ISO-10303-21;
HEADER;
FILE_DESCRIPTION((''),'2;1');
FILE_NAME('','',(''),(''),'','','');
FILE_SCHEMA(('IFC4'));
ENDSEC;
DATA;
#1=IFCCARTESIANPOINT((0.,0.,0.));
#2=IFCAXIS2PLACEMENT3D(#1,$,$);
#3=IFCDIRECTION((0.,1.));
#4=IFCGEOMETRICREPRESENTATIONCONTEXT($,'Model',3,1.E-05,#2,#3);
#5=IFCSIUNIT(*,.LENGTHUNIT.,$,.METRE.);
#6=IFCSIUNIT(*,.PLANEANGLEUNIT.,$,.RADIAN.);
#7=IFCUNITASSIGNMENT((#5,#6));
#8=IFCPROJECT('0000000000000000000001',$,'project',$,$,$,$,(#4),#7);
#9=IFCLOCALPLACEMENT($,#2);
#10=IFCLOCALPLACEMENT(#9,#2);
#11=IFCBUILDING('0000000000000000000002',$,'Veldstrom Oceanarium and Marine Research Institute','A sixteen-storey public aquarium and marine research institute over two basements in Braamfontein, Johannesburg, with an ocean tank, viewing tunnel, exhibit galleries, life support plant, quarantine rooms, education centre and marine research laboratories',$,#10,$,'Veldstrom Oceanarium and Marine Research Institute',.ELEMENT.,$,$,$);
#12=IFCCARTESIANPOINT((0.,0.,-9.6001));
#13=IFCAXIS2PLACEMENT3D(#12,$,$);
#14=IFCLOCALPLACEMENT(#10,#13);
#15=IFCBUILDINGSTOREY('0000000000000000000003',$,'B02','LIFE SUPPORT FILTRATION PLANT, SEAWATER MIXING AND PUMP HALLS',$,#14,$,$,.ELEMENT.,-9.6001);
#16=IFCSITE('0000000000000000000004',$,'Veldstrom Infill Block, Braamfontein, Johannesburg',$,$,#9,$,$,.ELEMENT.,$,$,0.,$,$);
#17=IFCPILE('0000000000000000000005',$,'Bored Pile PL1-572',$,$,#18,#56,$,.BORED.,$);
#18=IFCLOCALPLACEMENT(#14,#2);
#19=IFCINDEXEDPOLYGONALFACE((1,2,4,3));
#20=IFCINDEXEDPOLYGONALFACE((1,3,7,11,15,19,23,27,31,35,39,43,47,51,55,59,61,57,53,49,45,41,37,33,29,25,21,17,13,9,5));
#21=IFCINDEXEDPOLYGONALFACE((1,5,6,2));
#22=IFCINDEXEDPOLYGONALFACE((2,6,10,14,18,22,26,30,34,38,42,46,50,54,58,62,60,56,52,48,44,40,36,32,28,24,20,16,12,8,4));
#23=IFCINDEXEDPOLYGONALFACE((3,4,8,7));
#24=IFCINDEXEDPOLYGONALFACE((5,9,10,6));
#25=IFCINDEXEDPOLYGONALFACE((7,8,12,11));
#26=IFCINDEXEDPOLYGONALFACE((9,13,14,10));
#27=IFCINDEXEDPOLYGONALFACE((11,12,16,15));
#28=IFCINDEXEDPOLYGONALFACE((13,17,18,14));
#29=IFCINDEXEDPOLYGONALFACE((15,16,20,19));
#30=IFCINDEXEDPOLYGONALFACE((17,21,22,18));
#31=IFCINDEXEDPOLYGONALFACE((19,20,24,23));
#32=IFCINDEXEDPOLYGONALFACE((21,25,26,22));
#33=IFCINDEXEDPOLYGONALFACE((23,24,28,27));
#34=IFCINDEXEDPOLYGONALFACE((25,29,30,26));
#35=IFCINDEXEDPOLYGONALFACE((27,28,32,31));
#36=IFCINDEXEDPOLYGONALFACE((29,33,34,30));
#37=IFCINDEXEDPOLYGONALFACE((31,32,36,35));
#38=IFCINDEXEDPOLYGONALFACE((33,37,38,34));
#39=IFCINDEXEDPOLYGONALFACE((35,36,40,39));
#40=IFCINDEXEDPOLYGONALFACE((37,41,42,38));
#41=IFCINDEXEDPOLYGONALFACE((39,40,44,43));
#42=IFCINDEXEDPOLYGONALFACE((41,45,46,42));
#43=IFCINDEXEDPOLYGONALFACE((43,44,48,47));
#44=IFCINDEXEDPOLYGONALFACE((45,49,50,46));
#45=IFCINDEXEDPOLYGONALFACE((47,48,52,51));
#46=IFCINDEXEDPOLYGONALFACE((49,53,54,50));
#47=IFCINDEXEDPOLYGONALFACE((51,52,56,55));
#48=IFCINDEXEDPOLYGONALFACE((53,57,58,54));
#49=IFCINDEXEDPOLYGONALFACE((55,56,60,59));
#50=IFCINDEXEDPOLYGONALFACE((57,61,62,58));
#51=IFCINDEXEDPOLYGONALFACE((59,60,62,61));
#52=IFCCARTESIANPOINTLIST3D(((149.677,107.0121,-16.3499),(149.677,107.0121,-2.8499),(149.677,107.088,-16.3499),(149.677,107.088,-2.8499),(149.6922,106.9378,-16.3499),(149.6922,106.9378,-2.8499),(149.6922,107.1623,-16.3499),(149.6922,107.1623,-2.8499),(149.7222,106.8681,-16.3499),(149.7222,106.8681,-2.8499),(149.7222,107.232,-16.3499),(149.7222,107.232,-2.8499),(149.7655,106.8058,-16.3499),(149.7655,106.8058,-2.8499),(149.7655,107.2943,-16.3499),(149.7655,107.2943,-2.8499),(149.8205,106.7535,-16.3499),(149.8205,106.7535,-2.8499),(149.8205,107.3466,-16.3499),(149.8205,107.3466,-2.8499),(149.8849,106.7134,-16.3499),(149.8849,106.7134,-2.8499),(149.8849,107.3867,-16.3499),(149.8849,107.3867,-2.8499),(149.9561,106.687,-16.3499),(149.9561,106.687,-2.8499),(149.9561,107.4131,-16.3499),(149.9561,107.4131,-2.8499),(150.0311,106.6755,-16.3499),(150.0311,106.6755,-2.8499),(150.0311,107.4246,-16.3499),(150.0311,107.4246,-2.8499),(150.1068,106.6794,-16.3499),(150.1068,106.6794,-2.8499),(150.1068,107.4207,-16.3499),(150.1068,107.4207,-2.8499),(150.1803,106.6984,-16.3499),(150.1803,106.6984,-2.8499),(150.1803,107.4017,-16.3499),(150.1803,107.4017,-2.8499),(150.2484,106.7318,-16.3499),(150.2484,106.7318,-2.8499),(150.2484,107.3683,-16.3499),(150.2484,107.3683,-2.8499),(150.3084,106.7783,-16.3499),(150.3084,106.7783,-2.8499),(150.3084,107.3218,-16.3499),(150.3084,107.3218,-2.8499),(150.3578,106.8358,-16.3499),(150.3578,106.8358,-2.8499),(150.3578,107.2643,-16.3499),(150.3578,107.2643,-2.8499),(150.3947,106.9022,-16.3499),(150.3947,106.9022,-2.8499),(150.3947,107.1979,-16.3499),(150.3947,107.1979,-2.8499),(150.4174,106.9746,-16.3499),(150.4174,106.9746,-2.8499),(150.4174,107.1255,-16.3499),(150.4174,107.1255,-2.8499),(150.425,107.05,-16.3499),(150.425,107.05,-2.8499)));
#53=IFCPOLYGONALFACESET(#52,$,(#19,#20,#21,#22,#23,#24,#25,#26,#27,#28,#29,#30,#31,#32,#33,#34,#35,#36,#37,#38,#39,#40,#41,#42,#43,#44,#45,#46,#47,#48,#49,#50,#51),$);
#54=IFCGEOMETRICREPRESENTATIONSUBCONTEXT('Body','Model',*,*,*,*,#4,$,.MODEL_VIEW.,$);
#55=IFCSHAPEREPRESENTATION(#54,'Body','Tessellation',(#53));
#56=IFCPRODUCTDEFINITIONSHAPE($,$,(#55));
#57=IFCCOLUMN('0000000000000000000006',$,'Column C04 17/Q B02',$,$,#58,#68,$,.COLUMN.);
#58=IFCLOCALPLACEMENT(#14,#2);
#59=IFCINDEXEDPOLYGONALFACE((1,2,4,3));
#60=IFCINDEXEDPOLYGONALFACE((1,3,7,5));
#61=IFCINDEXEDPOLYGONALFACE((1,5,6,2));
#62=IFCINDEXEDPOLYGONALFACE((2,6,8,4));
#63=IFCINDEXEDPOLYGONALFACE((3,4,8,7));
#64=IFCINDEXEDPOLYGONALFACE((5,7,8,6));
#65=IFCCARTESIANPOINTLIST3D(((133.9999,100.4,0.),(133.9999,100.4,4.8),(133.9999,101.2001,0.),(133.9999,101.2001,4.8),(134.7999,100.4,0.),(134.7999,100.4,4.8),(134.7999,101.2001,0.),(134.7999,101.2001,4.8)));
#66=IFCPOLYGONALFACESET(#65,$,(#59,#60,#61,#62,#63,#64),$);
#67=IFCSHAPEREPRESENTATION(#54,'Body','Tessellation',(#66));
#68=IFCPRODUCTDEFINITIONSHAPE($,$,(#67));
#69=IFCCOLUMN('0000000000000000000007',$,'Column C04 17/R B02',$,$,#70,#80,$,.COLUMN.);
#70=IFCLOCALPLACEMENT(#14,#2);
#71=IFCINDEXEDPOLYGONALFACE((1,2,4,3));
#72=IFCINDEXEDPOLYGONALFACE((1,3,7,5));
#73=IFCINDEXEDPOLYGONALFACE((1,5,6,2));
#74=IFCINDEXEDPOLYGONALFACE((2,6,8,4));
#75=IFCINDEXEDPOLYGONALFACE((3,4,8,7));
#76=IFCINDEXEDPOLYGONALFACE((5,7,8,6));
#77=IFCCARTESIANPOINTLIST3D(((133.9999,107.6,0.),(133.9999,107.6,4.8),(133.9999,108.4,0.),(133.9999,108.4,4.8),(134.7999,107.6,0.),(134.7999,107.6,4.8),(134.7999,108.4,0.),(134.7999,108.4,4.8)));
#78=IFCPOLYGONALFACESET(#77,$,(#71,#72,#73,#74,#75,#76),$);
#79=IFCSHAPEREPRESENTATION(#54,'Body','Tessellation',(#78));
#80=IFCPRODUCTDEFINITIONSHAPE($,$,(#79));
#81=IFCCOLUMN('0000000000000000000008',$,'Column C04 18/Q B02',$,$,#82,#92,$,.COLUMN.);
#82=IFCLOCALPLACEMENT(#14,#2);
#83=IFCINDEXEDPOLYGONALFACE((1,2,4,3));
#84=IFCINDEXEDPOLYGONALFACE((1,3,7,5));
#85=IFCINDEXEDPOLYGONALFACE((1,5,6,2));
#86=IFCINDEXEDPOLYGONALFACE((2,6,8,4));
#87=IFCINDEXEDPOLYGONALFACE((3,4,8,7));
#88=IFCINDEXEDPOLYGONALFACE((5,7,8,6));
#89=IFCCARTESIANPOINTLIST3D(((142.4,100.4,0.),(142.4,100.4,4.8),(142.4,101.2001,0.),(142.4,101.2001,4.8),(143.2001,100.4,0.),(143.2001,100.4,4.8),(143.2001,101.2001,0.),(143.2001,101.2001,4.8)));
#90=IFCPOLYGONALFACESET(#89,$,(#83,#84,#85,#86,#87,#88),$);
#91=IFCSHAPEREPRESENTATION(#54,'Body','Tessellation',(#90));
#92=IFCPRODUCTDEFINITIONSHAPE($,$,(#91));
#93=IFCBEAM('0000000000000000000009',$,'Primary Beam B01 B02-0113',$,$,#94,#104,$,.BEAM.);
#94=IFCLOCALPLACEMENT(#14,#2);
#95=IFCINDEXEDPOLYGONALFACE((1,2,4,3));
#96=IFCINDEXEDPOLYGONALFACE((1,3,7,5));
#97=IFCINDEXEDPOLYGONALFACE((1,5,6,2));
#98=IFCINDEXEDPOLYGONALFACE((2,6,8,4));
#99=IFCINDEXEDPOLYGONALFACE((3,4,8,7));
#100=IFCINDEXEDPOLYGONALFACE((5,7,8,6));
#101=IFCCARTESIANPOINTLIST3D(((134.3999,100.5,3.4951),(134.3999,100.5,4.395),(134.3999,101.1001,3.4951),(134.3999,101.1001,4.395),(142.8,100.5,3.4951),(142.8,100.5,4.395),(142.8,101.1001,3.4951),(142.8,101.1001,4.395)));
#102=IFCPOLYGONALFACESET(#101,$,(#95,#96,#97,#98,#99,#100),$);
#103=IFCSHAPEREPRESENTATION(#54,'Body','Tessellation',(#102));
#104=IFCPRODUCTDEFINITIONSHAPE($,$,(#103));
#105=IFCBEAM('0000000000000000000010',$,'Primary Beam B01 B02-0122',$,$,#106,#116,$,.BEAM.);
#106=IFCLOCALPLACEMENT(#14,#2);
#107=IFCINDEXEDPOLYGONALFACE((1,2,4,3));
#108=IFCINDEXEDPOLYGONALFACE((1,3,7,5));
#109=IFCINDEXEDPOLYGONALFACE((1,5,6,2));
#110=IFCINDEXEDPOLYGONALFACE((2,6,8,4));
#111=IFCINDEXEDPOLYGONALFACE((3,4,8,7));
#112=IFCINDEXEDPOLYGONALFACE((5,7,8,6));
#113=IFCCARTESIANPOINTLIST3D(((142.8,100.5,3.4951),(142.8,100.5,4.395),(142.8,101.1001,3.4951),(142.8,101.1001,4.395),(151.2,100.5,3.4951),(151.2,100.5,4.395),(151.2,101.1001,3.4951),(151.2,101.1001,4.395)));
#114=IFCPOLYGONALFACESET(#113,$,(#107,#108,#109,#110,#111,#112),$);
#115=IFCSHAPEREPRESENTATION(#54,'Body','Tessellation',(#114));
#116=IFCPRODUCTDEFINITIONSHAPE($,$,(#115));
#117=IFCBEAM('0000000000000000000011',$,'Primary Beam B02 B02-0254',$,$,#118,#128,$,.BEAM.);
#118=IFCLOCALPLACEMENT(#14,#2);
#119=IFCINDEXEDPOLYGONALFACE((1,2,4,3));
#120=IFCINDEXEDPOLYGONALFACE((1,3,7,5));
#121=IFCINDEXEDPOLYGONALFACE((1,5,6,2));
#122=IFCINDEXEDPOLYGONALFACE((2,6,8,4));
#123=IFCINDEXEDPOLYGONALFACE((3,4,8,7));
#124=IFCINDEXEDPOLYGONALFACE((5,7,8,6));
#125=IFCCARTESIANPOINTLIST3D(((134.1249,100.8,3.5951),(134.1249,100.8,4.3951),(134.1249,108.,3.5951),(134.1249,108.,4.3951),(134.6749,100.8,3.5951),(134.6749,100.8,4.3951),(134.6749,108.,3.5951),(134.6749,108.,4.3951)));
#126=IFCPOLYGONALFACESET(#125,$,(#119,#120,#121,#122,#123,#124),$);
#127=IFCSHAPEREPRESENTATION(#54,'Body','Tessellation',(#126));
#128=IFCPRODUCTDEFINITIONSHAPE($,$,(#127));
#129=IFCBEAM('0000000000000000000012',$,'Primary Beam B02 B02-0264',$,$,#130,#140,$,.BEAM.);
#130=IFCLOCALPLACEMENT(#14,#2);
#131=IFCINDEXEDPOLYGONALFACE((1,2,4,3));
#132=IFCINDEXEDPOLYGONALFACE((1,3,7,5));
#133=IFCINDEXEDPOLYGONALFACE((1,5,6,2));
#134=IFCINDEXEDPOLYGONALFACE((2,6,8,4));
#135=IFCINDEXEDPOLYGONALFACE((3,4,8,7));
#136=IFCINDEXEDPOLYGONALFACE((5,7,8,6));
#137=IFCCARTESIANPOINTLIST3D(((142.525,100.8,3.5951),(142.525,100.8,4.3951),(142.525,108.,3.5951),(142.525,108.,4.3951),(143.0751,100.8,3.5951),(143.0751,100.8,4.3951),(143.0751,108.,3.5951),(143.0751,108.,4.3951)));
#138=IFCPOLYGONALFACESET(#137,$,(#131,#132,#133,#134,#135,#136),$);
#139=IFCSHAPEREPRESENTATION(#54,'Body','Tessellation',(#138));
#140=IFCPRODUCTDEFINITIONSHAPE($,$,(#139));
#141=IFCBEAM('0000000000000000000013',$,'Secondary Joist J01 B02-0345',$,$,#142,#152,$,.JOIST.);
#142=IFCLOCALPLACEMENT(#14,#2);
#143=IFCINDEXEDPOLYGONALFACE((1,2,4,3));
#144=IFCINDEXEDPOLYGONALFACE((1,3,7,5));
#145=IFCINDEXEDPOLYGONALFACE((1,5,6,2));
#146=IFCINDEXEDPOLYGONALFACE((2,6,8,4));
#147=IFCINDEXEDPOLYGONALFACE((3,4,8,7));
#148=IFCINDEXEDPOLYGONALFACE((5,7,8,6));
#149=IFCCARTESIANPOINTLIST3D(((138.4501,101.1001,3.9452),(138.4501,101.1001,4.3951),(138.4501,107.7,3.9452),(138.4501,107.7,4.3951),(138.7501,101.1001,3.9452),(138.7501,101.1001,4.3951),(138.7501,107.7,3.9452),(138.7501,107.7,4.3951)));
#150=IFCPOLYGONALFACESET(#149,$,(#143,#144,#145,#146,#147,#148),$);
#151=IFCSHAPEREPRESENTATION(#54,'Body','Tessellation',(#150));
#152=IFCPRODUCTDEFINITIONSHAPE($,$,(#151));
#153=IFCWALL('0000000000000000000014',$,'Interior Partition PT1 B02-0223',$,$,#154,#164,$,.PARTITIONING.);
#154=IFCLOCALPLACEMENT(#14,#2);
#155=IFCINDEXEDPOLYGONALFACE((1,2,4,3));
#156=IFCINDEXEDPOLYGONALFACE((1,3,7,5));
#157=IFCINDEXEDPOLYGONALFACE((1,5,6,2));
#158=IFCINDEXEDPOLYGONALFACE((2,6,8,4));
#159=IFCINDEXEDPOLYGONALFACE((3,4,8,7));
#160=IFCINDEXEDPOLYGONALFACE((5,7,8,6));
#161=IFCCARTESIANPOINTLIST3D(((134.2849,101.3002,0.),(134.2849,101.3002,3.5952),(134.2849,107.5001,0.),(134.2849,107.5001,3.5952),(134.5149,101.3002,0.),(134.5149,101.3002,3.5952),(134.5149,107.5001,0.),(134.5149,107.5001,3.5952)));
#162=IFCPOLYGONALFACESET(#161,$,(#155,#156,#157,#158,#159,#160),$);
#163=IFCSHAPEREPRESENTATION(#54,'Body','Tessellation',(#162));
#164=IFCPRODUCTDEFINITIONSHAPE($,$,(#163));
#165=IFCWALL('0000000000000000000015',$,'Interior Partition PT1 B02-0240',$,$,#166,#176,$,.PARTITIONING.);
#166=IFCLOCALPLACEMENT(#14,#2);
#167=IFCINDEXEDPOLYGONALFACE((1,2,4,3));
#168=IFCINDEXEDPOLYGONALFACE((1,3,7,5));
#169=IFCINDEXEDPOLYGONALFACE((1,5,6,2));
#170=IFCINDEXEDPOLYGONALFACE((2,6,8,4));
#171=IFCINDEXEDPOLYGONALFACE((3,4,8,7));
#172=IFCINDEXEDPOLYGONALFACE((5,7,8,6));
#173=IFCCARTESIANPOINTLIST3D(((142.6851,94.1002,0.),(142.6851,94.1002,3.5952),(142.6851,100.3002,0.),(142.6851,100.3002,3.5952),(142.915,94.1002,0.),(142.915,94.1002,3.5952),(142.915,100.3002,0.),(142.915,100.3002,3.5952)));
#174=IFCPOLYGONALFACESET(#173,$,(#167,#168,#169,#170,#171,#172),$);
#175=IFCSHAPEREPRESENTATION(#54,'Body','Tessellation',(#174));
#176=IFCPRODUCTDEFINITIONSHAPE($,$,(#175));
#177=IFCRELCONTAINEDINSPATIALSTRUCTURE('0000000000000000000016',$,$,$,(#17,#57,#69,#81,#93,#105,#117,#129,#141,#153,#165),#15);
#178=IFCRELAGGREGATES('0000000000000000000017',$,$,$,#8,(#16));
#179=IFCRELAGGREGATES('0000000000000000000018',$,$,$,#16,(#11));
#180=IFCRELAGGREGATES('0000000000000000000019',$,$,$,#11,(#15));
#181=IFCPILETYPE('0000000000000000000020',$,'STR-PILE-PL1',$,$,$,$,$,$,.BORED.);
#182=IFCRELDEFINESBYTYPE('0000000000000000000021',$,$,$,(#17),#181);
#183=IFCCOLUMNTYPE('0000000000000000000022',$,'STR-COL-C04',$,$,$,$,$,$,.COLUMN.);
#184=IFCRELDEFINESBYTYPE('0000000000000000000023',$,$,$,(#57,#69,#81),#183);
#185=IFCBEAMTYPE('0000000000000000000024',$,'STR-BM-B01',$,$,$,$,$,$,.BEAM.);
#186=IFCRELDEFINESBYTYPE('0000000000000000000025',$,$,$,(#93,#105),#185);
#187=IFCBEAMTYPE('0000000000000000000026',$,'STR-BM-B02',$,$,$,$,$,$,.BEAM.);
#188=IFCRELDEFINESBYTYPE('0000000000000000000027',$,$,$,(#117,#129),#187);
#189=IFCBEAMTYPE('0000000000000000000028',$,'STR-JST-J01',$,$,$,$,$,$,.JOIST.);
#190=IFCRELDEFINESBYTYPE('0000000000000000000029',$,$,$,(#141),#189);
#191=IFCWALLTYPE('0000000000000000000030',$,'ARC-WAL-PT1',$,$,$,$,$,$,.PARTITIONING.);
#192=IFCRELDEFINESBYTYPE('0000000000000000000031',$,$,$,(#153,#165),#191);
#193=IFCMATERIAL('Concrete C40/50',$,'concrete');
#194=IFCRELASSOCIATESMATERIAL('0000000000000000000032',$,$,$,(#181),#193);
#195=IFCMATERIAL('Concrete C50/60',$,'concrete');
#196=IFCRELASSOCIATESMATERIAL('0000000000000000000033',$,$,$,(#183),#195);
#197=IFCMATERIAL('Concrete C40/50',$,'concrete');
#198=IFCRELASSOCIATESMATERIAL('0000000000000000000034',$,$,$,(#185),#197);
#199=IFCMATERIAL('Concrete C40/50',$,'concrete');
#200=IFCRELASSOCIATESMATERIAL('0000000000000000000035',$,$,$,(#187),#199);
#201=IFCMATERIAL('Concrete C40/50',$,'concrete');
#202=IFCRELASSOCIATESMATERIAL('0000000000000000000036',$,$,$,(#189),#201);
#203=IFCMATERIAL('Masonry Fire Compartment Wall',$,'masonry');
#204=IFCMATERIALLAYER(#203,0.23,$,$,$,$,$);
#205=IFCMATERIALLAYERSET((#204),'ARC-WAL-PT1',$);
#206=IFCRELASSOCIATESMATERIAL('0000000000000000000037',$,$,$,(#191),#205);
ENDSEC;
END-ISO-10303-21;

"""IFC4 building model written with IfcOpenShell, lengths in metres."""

from ifc_helpers import new_model, si_unit, direction, frame, frame_2d, origin, origin_2d, place, context, subcontext, project, spatial, rectangle, circle, extrude, material, layer, layer_set, material_profile, profile_set, type_object, element, save


model = new_model("IFC4")

# Units and contexts
model_context = context("Model", 3, precision=1e-05, world=origin(), true_north=direction((0.0, 1.0)))
body_context = subcontext(model_context, "Body", "Model", "MODEL_VIEW")
ifc_project = project(units=[si_unit("LENGTHUNIT", "METRE"), si_unit("PLANEANGLEUNIT", "RADIAN")], contexts=[model_context])

# Site, building, storey
site_placement = place(None, origin())
site = spatial("IfcSite", under=ifc_project, at=site_placement, Name="Veldstrom Infill Block, Braamfontein, Johannesburg", CompositionType="ELEMENT", RefElevation=0.0)
building_placement = place(site_placement, origin())
building = spatial("IfcBuilding", under=site, at=building_placement, Name="Veldstrom Oceanarium and Marine Research Institute", Description="A sixteen-storey public aquarium and marine research institute over two basements in Braamfontein, Johannesburg, with an ocean tank, viewing tunnel, exhibit galleries, life support plant, quarantine rooms, education centre and marine research laboratories", LongName="Veldstrom Oceanarium and Marine Research Institute", CompositionType="ELEMENT")
storey_placement = place(building_placement, frame((0.0, 0.0, -9.6001)))
storey = spatial("IfcBuildingStorey", under=building, at=storey_placement, Name="B02", Description="LIFE SUPPORT FILTRATION PLANT, SEAWATER MIXING AND PUMP HALLS", CompositionType="ELEMENT", Elevation=-9.6001)

# Pile
ifc_material_1 = material(Name="Concrete C40/50", Category="concrete")
ifc_material_profile_1 = material_profile(ifc_material_1, circle(Radius=0.375, at=origin_2d()), Name="PILE-D750")
ifc_profile_set_1 = profile_set([ifc_material_profile_1], Name="Concrete C40/50")
pile_type = type_object("IfcPileType", Name="STR-PILE-PL1", PredefinedType="BORED", material=ifc_profile_set_1)
for number, where, z_axis, x_axis, name in (
    (1, (150.05, 107.05, -2.8499), (0.0, 0.0, -1.0), (1.0, 0.0, 0.0), "Bored Pile PL1-572"),
):
    element("IfcPile", number, at=place(storey_placement, frame(where, z_axis=z_axis, x_axis=x_axis)), inside=storey, type_object=pile_type, Name=name, PredefinedType="BORED", context=body_context, shape_type="SweptSolid", body=[
        extrude(circle(Radius=0.375, at=origin_2d()), origin(), (0.0, 0.0, 1.0), 13.5),
    ])

# Columns
ifc_material_2 = material(Name="Concrete C50/60", Category="concrete")
ifc_material_profile_2 = material_profile(ifc_material_2, rectangle(XDim=0.8, YDim=0.8, at=origin_2d()), Name="RC-COL-800x800")
ifc_profile_set_2 = profile_set([ifc_material_profile_2], Name="Concrete C50/60")
column_type = type_object("IfcColumnType", Name="STR-COL-C04", PredefinedType="COLUMN", material=ifc_profile_set_2)
for number, where, z_axis, x_axis, name in (
    (2, (134.3999, 100.8, 0.0), (0.0, 0.0, 1.0), (1.0, 0.0, 0.0), "Column C04 17/Q B02"),
    (3, (134.3999, 108.0, 0.0), (0.0, 0.0, 1.0), (1.0, 0.0, 0.0), "Column C04 17/R B02"),
    (4, (142.8, 100.8, 0.0), (0.0, 0.0, 1.0), (1.0, 0.0, 0.0), "Column C04 18/Q B02"),
):
    element("IfcColumn", number, at=place(storey_placement, frame(where, z_axis=z_axis, x_axis=x_axis)), inside=storey, type_object=column_type, Name=name, PredefinedType="COLUMN", context=body_context, shape_type="SweptSolid", body=[
        extrude(rectangle(XDim=0.8, YDim=0.8, at=origin_2d()), origin(), (0.0, 0.0, 1.0), 4.8),
    ])

# Beams
ifc_material_3 = material(Name="Concrete C40/50", Category="concrete")
ifc_material_profile_3 = material_profile(ifc_material_3, rectangle(XDim=0.6001, YDim=0.8999, at=origin_2d()), Name="RC-BM-600x900")
ifc_profile_set_3 = profile_set([ifc_material_profile_3], Name="Concrete C40/50")
beam_type_1 = type_object("IfcBeamType", Name="STR-BM-B01", PredefinedType="BEAM", material=ifc_profile_set_3)
beam_1_placement = place(storey_placement, frame((134.3999, 100.8, 3.9451), z_axis=(1.0, 0.0, 0.0), x_axis=(0.0, 1.0, 0.0)))
element("IfcBeam", 5, at=beam_1_placement, inside=storey, type_object=beam_type_1, Name="Primary Beam B01 B02-0113", PredefinedType="BEAM", context=body_context, shape_type="SweptSolid", body=[
    extrude(rectangle(XDim=0.6001, YDim=0.8999, at=origin_2d()), origin(), (0.0, 0.0, 1.0), 8.4001),
])
beam_2_placement = place(storey_placement, frame((142.8, 100.8, 3.9451), z_axis=(1.0, 0.0, 0.0), x_axis=(0.0, 1.0, 0.0)))
element("IfcBeam", 6, at=beam_2_placement, inside=storey, type_object=beam_type_1, Name="Primary Beam B01 B02-0122", PredefinedType="BEAM", context=body_context, shape_type="SweptSolid", body=[
    extrude(rectangle(XDim=0.6001, YDim=0.8999, at=origin_2d()), origin(), (0.0, 0.0, 1.0), 8.3999),
])
ifc_material_4 = material(Name="Concrete C40/50", Category="concrete")
ifc_material_profile_4 = material_profile(ifc_material_4, rectangle(XDim=0.55, YDim=0.8, at=origin_2d()), Name="RC-BM-550x800")
ifc_profile_set_4 = profile_set([ifc_material_profile_4], Name="Concrete C40/50")
beam_type_2 = type_object("IfcBeamType", Name="STR-BM-B02", PredefinedType="BEAM", material=ifc_profile_set_4)
for number, where, z_axis, x_axis, name in (
    (7, (134.3999, 100.8, 3.9951), (0.0, 1.0, 0.0), (-1.0, 0.0, 0.0), "Primary Beam B02 B02-0254"),
    (8, (142.8, 100.8, 3.9951), (0.0, 1.0, 0.0), (-1.0, 0.0, 0.0), "Primary Beam B02 B02-0264"),
):
    element("IfcBeam", number, at=place(storey_placement, frame(where, z_axis=z_axis, x_axis=x_axis)), inside=storey, type_object=beam_type_2, Name=name, PredefinedType="BEAM", context=body_context, shape_type="SweptSolid", body=[
        extrude(rectangle(XDim=0.55, YDim=0.8, at=origin_2d()), origin(), (0.0, 0.0, 1.0), 7.2),
    ])
ifc_material_5 = material(Name="Concrete C40/50", Category="concrete")
ifc_material_profile_5 = material_profile(ifc_material_5, rectangle(XDim=0.3, YDim=0.45, at=origin_2d()), Name="RC-JST-300x450")
ifc_profile_set_5 = profile_set([ifc_material_profile_5], Name="Concrete C40/50")
beam_type_3 = type_object("IfcBeamType", Name="STR-JST-J01", PredefinedType="JOIST", material=ifc_profile_set_5)
beam_3_placement = place(storey_placement, frame((138.6001, 101.1001, 4.1702), z_axis=(0.0, 1.0, 0.0), x_axis=(-1.0, 0.0, 0.0)))
element("IfcBeam", 9, at=beam_3_placement, inside=storey, type_object=beam_type_3, Name="Secondary Joist J01 B02-0345", PredefinedType="JOIST", context=body_context, shape_type="SweptSolid", body=[
    extrude(rectangle(XDim=0.3, YDim=0.45, at=origin_2d()), origin(), (0.0, 0.0, 1.0), 6.5999),
])

# Walls
ifc_material_6 = material(Name="Masonry Fire Compartment Wall", Category="masonry")
ifc_layer_1 = layer(ifc_material_6, 0.23)
ifc_layer_set_1 = layer_set([ifc_layer_1], Name="ARC-WAL-PT1")
wall_type_1 = type_object("IfcWallType", Name="ARC-WAL-PT1", PredefinedType="PARTITIONING", material=ifc_layer_set_1)
for number, where, z_axis, x_axis, name in (
    (10, (134.3999, 101.3, 0.0), (0.0, 0.0, 1.0), (0.0, 1.0, 0.0), "Interior Partition PT1 B02-0223"),
    (11, (142.8, 94.1001, 0.0), (0.0, 0.0, 1.0), (0.0, 1.0, 0.0), "Interior Partition PT1 B02-0240"),
):
    element("IfcWall", number, at=place(storey_placement, frame(where, z_axis=z_axis, x_axis=x_axis)), inside=storey, type_object=wall_type_1, Name=name, PredefinedType="PARTITIONING", context=body_context, shape_type="SweptSolid", body=[
        extrude(rectangle(XDim=6.2, YDim=0.23, at=frame_2d((3.1001, 0.0))), origin(), (0.0, 0.0, 1.0), 3.5952),
    ])

save(model, "model.ifc")
